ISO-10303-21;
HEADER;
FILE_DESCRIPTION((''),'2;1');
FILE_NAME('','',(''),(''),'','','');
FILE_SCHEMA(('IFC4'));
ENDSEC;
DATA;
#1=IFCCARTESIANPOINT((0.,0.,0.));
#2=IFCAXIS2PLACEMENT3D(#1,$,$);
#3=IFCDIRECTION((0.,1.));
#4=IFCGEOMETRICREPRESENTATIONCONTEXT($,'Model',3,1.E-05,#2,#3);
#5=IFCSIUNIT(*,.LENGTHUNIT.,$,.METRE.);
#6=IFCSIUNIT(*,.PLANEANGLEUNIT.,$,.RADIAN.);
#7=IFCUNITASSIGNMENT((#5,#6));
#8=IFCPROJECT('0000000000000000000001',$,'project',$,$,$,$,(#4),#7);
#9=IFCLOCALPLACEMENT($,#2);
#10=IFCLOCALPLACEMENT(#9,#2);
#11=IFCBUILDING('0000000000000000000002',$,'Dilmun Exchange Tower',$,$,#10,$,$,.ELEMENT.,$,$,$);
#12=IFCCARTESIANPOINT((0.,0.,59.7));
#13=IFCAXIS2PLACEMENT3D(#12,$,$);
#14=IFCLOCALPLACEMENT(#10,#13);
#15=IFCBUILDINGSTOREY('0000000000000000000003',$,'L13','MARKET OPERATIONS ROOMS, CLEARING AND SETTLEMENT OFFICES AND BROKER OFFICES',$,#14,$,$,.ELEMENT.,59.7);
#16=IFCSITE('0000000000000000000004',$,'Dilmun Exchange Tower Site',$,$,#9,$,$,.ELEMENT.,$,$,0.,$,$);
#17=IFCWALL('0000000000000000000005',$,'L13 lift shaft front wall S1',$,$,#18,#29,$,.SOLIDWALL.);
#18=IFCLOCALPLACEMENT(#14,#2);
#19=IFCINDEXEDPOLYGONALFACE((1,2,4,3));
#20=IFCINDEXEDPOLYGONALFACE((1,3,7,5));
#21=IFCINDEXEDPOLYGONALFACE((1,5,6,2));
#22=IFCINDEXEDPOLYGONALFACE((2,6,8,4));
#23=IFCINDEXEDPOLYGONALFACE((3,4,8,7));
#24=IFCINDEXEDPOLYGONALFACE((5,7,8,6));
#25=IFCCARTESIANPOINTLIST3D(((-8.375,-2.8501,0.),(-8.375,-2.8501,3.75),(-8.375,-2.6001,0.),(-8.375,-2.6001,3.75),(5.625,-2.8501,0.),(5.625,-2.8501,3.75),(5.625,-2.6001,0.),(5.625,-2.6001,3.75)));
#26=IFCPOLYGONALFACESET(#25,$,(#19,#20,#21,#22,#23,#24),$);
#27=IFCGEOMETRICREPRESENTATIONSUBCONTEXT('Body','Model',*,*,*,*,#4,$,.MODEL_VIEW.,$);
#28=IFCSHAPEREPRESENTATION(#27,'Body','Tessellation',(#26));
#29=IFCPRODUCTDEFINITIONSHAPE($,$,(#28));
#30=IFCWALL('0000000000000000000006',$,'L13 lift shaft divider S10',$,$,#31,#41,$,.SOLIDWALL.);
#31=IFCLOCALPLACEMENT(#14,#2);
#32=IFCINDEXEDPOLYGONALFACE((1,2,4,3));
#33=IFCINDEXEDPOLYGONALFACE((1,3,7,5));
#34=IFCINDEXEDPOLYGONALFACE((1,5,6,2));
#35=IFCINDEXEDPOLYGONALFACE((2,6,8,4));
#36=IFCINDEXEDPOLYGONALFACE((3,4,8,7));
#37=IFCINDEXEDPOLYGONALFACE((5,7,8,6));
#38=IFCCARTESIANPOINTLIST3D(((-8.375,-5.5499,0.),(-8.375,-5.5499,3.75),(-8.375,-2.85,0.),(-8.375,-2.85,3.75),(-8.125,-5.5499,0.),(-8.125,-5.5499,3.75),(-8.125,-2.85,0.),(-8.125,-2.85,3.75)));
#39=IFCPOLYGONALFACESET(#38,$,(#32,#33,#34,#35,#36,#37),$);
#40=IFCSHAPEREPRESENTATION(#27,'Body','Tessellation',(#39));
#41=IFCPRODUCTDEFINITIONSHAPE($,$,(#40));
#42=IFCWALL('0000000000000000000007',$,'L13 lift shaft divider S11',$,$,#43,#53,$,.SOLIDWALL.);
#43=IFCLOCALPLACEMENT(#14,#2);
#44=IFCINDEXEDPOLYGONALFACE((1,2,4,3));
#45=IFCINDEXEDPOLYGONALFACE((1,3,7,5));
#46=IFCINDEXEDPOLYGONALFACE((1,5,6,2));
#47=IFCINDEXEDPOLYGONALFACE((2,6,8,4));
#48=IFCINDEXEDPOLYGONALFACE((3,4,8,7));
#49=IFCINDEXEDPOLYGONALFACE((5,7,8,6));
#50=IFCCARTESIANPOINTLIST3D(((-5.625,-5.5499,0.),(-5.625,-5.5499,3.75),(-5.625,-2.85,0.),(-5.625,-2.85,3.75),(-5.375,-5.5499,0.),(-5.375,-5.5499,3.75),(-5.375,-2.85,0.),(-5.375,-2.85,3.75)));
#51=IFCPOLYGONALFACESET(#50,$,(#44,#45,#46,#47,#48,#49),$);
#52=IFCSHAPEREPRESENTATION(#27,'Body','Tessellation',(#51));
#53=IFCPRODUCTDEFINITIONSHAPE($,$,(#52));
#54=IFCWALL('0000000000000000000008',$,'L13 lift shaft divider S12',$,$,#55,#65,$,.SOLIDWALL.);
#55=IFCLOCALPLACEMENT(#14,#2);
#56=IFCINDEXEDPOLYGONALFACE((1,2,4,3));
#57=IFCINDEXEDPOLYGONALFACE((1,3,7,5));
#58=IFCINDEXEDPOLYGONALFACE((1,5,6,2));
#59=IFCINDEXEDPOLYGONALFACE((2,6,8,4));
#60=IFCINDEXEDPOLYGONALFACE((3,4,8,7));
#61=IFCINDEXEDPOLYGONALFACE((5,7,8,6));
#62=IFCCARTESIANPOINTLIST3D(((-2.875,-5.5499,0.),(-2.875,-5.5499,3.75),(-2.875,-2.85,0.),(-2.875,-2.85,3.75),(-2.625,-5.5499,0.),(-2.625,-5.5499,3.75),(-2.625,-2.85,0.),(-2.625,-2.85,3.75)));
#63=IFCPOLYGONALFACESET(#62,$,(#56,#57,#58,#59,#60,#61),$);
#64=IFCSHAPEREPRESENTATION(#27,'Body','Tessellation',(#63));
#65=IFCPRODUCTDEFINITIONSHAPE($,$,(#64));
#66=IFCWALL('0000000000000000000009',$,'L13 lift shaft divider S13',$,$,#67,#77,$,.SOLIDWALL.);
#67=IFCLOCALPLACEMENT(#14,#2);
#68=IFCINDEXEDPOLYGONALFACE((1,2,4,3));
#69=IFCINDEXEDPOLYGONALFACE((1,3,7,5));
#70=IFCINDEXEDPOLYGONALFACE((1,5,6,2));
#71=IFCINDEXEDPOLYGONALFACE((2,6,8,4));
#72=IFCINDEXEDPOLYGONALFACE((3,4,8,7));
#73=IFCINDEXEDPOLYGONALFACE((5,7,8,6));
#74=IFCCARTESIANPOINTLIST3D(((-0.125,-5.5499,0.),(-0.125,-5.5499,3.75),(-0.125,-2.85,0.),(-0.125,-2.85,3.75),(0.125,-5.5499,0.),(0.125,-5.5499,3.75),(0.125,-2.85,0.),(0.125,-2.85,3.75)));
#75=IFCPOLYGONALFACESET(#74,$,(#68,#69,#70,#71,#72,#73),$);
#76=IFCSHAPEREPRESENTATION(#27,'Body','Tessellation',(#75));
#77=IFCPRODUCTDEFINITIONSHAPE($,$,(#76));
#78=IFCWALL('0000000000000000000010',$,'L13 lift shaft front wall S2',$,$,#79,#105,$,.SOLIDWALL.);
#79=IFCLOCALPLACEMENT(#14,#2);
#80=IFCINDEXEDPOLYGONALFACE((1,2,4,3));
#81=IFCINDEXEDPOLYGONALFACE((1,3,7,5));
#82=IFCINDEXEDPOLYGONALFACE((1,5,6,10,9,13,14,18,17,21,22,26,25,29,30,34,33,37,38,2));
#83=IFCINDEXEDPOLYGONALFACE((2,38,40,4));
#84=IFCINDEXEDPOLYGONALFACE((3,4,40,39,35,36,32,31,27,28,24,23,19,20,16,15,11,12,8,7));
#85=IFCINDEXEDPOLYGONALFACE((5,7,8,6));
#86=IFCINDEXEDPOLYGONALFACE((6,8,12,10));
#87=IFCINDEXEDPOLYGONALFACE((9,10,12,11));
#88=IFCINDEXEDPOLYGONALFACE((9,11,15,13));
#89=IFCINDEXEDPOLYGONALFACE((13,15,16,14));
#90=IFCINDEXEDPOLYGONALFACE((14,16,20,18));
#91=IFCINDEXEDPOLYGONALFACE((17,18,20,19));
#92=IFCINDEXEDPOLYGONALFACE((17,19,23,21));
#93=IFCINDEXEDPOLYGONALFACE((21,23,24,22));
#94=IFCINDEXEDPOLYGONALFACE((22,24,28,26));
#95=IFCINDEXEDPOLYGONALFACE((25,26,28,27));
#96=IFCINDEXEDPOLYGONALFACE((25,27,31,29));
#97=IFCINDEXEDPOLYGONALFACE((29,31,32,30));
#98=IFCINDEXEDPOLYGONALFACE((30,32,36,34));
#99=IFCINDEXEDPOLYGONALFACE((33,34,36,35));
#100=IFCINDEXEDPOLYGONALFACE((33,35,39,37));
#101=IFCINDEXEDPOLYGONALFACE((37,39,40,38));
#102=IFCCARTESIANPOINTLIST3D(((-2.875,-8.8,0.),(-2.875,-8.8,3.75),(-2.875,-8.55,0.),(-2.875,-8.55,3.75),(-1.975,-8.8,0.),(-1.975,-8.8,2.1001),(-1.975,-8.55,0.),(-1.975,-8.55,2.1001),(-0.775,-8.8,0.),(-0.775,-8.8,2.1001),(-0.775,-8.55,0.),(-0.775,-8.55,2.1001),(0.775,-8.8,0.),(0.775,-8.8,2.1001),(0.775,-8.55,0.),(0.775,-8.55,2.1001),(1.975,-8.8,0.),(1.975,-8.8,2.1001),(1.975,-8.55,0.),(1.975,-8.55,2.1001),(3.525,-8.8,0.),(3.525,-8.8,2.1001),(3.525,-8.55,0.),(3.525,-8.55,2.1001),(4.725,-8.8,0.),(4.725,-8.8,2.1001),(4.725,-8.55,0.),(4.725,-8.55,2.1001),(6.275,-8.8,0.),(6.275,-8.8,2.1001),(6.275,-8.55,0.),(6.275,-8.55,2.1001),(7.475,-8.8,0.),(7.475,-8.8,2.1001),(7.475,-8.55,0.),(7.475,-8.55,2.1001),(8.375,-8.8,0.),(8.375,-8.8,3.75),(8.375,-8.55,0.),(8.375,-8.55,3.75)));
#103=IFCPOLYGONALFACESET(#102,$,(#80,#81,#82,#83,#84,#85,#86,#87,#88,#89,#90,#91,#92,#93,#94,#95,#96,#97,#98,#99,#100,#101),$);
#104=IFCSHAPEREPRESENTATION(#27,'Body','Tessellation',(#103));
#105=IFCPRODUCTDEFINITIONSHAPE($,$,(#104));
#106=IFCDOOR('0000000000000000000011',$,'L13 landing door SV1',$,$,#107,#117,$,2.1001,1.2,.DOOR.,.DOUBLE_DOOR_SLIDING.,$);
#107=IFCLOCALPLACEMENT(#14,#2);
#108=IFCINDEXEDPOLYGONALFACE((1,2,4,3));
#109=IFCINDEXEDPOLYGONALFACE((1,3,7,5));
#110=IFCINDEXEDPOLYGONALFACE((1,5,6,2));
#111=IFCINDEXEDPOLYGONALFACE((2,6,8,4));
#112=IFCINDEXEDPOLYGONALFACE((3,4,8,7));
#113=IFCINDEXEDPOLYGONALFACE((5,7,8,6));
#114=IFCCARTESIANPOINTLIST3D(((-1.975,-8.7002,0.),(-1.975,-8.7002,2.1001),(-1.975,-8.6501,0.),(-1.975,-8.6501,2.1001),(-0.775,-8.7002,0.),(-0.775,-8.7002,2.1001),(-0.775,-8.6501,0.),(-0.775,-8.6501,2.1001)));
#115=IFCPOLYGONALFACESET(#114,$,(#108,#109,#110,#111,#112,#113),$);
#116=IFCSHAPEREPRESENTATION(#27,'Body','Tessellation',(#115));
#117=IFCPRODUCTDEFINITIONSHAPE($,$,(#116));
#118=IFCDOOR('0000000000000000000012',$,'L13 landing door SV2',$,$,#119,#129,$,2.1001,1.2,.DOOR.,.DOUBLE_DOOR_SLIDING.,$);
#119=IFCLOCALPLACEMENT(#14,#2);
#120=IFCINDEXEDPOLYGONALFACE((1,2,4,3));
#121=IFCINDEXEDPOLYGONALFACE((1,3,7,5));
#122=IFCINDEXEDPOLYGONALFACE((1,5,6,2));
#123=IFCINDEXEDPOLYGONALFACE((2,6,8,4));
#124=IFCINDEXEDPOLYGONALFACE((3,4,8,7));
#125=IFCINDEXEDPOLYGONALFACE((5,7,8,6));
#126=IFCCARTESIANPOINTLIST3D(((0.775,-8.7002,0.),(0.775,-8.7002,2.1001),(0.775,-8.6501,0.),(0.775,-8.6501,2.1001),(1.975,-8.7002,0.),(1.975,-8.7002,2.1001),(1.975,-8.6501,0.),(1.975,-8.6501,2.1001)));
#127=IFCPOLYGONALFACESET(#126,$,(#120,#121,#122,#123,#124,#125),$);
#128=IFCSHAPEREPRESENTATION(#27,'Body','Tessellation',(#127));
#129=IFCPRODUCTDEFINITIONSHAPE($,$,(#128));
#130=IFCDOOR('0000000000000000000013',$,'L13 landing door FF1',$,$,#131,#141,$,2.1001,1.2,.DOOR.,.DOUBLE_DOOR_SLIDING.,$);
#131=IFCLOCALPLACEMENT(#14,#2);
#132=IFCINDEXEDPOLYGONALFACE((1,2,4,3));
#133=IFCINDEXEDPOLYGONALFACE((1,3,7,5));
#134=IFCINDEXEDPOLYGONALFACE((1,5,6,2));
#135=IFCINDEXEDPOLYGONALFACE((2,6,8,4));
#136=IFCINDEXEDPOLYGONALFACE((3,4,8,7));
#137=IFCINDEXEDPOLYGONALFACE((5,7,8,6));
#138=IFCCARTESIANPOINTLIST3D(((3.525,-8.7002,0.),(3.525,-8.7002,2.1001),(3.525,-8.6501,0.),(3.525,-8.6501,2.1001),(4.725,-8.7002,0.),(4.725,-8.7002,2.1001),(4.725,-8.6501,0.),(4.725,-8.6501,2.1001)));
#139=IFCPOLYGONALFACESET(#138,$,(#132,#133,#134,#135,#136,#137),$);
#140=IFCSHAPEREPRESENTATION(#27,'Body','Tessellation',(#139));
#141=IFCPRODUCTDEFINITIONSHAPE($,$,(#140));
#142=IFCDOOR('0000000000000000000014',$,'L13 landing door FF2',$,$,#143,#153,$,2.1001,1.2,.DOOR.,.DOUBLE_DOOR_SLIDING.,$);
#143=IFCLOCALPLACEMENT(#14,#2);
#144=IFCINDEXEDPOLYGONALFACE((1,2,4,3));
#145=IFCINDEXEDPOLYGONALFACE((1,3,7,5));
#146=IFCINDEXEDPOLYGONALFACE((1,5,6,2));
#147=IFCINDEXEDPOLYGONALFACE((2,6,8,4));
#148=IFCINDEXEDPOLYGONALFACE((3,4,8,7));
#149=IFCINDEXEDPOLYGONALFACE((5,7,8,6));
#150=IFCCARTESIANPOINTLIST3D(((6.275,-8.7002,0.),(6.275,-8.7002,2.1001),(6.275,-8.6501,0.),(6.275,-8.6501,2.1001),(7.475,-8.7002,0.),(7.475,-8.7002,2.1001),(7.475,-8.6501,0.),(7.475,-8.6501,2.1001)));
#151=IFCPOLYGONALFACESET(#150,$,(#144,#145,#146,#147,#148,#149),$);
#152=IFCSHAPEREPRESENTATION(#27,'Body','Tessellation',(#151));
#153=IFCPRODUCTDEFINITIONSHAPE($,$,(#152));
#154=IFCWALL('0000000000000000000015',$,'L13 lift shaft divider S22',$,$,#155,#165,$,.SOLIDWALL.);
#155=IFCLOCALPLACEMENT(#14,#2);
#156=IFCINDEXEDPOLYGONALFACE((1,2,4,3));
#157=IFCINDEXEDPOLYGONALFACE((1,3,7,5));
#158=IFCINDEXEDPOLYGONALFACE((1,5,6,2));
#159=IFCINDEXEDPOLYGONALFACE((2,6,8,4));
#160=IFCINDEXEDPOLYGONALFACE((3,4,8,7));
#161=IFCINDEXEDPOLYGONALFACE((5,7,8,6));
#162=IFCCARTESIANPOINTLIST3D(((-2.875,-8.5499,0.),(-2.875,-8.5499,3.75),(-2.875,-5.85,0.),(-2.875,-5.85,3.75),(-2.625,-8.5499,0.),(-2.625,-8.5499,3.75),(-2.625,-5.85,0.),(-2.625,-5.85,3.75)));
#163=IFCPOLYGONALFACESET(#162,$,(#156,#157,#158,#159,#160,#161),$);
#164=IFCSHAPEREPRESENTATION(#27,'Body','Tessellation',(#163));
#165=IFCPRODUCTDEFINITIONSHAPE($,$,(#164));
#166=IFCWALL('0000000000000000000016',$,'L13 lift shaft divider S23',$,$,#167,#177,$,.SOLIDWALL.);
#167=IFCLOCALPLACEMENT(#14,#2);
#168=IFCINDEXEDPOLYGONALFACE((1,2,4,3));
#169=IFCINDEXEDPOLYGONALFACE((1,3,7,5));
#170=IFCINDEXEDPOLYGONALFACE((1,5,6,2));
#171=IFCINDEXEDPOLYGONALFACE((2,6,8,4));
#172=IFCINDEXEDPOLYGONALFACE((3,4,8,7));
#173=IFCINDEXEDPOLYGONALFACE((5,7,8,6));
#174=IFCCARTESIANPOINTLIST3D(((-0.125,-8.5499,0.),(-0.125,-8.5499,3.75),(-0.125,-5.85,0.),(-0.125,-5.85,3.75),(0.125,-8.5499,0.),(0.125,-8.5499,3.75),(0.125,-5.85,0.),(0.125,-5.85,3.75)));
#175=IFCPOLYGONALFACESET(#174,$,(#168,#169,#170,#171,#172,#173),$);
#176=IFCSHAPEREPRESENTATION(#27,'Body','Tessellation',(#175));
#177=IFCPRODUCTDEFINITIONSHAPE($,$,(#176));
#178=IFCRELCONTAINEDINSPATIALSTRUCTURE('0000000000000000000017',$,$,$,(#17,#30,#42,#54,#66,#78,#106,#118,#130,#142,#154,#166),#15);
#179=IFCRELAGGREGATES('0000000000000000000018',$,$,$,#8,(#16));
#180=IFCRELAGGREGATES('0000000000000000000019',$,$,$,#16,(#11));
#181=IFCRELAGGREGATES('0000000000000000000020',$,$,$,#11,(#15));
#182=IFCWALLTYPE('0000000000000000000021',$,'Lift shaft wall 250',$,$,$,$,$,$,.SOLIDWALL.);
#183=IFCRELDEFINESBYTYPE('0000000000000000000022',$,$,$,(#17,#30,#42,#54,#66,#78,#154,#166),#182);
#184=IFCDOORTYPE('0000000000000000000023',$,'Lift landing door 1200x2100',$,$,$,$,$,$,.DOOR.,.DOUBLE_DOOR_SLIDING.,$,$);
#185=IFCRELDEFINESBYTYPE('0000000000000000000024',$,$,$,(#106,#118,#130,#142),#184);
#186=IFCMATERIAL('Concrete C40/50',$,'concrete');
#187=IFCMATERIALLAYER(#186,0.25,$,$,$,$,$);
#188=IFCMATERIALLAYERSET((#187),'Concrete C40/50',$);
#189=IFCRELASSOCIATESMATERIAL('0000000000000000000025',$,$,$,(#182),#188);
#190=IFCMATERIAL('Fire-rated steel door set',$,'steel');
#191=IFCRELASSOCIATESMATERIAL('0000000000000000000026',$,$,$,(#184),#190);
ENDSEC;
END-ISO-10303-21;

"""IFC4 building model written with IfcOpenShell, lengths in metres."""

from ifc_helpers import new_model, si_unit, direction, frame, frame_2d, origin, place, context, subcontext, project, spatial, rectangle, extrude, material, layer, layer_set, type_object, element, fill, save


model = new_model("IFC4")

# Units and contexts
model_context = context("Model", 3, precision=1e-05, world=origin(), true_north=direction((0.0, 1.0)))
body_context = subcontext(model_context, "Body", "Model", "MODEL_VIEW")
ifc_project = project(units=[si_unit("LENGTHUNIT", "METRE"), si_unit("PLANEANGLEUNIT", "RADIAN")], contexts=[model_context])

# Site, building, storey
site_placement = place(None, origin())
site = spatial("IfcSite", under=ifc_project, at=site_placement, Name="Dilmun Exchange Tower Site", CompositionType="ELEMENT", RefElevation=0.0)
building_placement = place(site_placement, origin())
building = spatial("IfcBuilding", under=site, at=building_placement, Name="Dilmun Exchange Tower", CompositionType="ELEMENT")
storey_placement = place(building_placement, frame((0.0, 0.0, 59.7)))
storey = spatial("IfcBuildingStorey", under=building, at=storey_placement, Name="L13", Description="MARKET OPERATIONS ROOMS, CLEARING AND SETTLEMENT OFFICES AND BROKER OFFICES", CompositionType="ELEMENT", Elevation=59.7)

# Shared definitions
ifc_material_1 = material(Name="Concrete C40/50", Category="concrete")

# Shared definitions
ifc_material_2 = material(Name="Fire-rated steel door set", Category="steel")

# Walls
ifc_layer_1 = layer(ifc_material_1, 0.25)
ifc_layer_set_1 = layer_set([ifc_layer_1], Name="Concrete C40/50")
wall_type_1 = type_object("IfcWallType", Name="Lift shaft wall 250", PredefinedType="SOLIDWALL", material=ifc_layer_set_1)
wall_1_placement = place(storey_placement, frame((-8.375, -2.7251, 0.0), z_axis=(0.0, 0.0, 1.0), x_axis=(1.0, 0.0, 0.0)))
element("IfcWall", 1, at=wall_1_placement, inside=storey, type_object=wall_type_1, Name="L13 lift shaft front wall S1", PredefinedType="SOLIDWALL", context=body_context, shape_type="SweptSolid", body=[
    extrude(rectangle(XDim=14.0, YDim=0.25, at=frame_2d((7.0, 0.0))), origin(), (0.0, 0.0, 1.0), 3.75),
])
for number, where, z_axis, x_axis, name in (
    (2, (-8.25, -5.55, 0.0), (0.0, 0.0, 1.0), (0.0, 1.0, 0.0), "L13 lift shaft divider S10"),
    (3, (-5.5, -5.55, 0.0), (0.0, 0.0, 1.0), (0.0, 1.0, 0.0), "L13 lift shaft divider S11"),
    (4, (-2.75, -5.55, 0.0), (0.0, 0.0, 1.0), (0.0, 1.0, 0.0), "L13 lift shaft divider S12"),
    (5, (0.0, -5.55, 0.0), (0.0, 0.0, 1.0), (0.0, 1.0, 0.0), "L13 lift shaft divider S13"),
):
    element("IfcWall", number, at=place(storey_placement, frame(where, z_axis=z_axis, x_axis=x_axis)), inside=storey, type_object=wall_type_1, Name=name, PredefinedType="SOLIDWALL", context=body_context, shape_type="SweptSolid", body=[
        extrude(rectangle(XDim=2.7, YDim=0.25, at=frame_2d((1.3501, 0.0))), origin(), (0.0, 0.0, 1.0), 3.75),
    ])

# Wall, openings, doors
wall_2_placement = place(storey_placement, frame((-2.875, -8.675, 0.0), z_axis=(0.0, 0.0, 1.0), x_axis=(1.0, 0.0, 0.0)))
wall_2 = element("IfcWall", 6, at=wall_2_placement, inside=storey, type_object=wall_type_1, Name="L13 lift shaft front wall S2", PredefinedType="SOLIDWALL", context=body_context, shape_type="SweptSolid", body=[
    extrude(rectangle(XDim=11.25, YDim=0.25, at=frame_2d((5.625, 0.0))), origin(), (0.0, 0.0, 1.0), 3.75),
])
opening_1_placement = place(wall_2_placement, frame((0.8999, 0.0, 0.0)))
opening_1 = element("IfcOpeningElement", 7, at=opening_1_placement, cuts=wall_2, PredefinedType="OPENING", context=body_context, shape_type="SweptSolid", body=[
    extrude(rectangle(XDim=1.2, YDim=2.1001, at=frame_2d((0.6001, 1.05))), frame((0.0, 0.135, 0.0), z_axis=(0.0, -1.0, 0.0), x_axis=(1.0, 0.0, 0.0)), (0.0, 0.0, 1.0), 0.27),
])
opening_2_placement = place(wall_2_placement, frame((3.6499, 0.0, 0.0)))
opening_2 = element("IfcOpeningElement", 8, at=opening_2_placement, cuts=wall_2, PredefinedType="OPENING", context=body_context, shape_type="SweptSolid", body=[
    extrude(rectangle(XDim=1.2, YDim=2.1001, at=frame_2d((0.6001, 1.05))), frame((0.0, 0.135, 0.0), z_axis=(0.0, -1.0, 0.0), x_axis=(1.0, 0.0, 0.0)), (0.0, 0.0, 1.0), 0.27),
])
opening_3_placement = place(wall_2_placement, frame((6.3999, 0.0, 0.0)))
opening_3 = element("IfcOpeningElement", 9, at=opening_3_placement, cuts=wall_2, PredefinedType="OPENING", context=body_context, shape_type="SweptSolid", body=[
    extrude(rectangle(XDim=1.2, YDim=2.1001, at=frame_2d((0.6001, 1.05))), frame((0.0, 0.135, 0.0), z_axis=(0.0, -1.0, 0.0), x_axis=(1.0, 0.0, 0.0)), (0.0, 0.0, 1.0), 0.27),
])
opening_4_placement = place(wall_2_placement, frame((9.1499, 0.0, 0.0)))
opening_4 = element("IfcOpeningElement", 10, at=opening_4_placement, cuts=wall_2, PredefinedType="OPENING", context=body_context, shape_type="SweptSolid", body=[
    extrude(rectangle(XDim=1.2, YDim=2.1001, at=frame_2d((0.6001, 1.05))), frame((0.0, 0.135, 0.0), z_axis=(0.0, -1.0, 0.0), x_axis=(1.0, 0.0, 0.0)), (0.0, 0.0, 1.0), 0.27),
])
door_type_1 = type_object("IfcDoorType", Name="Lift landing door 1200x2100", OperationType="DOUBLE_DOOR_SLIDING", PredefinedType="DOOR", material=ifc_material_2)
door_1_placement = place(opening_1_placement, origin())
door_1 = element("IfcDoor", 11, at=door_1_placement, inside=storey, type_object=door_type_1, Name="L13 landing door SV1", OperationType="DOUBLE_DOOR_SLIDING", OverallHeight=2.1001, OverallWidth=1.2, PredefinedType="DOOR", context=body_context, shape_type="SweptSolid", body=[
    extrude(rectangle(XDim=1.2, YDim=2.1001, at=frame_2d((0.6001, 1.05))), frame((0.0, 0.0249, 0.0), z_axis=(0.0, -1.0, 0.0), x_axis=(1.0, 0.0, 0.0)), (0.0, 0.0, 1.0), 0.05),
])
fill(opening_1, door_1)
door_2_placement = place(opening_2_placement, origin())
door_2 = element("IfcDoor", 12, at=door_2_placement, inside=storey, type_object=door_type_1, Name="L13 landing door SV2", OperationType="DOUBLE_DOOR_SLIDING", OverallHeight=2.1001, OverallWidth=1.2, PredefinedType="DOOR", context=body_context, shape_type="SweptSolid", body=[
    extrude(rectangle(XDim=1.2, YDim=2.1001, at=frame_2d((0.6001, 1.05))), frame((0.0, 0.0249, 0.0), z_axis=(0.0, -1.0, 0.0), x_axis=(1.0, 0.0, 0.0)), (0.0, 0.0, 1.0), 0.05),
])
fill(opening_2, door_2)
door_3_placement = place(opening_3_placement, origin())
door_3 = element("IfcDoor", 13, at=door_3_placement, inside=storey, type_object=door_type_1, Name="L13 landing door FF1", OperationType="DOUBLE_DOOR_SLIDING", OverallHeight=2.1001, OverallWidth=1.2, PredefinedType="DOOR", context=body_context, shape_type="SweptSolid", body=[
    extrude(rectangle(XDim=1.2, YDim=2.1001, at=frame_2d((0.6001, 1.05))), frame((0.0, 0.0249, 0.0), z_axis=(0.0, -1.0, 0.0), x_axis=(1.0, 0.0, 0.0)), (0.0, 0.0, 1.0), 0.05),
])
fill(opening_3, door_3)
door_4_placement = place(opening_4_placement, origin())
door_4 = element("IfcDoor", 14, at=door_4_placement, inside=storey, type_object=door_type_1, Name="L13 landing door FF2", OperationType="DOUBLE_DOOR_SLIDING", OverallHeight=2.1001, OverallWidth=1.2, PredefinedType="DOOR", context=body_context, shape_type="SweptSolid", body=[
    extrude(rectangle(XDim=1.2, YDim=2.1001, at=frame_2d((0.6001, 1.05))), frame((0.0, 0.0249, 0.0), z_axis=(0.0, -1.0, 0.0), x_axis=(1.0, 0.0, 0.0)), (0.0, 0.0, 1.0), 0.05),
])
fill(opening_4, door_4)

# Walls
for number, where, z_axis, x_axis, name in (
    (15, (-2.75, -8.55, 0.0), (0.0, 0.0, 1.0), (0.0, 1.0, 0.0), "L13 lift shaft divider S22"),
    (16, (0.0, -8.55, 0.0), (0.0, 0.0, 1.0), (0.0, 1.0, 0.0), "L13 lift shaft divider S23"),
):
    element("IfcWall", number, at=place(storey_placement, frame(where, z_axis=z_axis, x_axis=x_axis)), inside=storey, type_object=wall_type_1, Name=name, PredefinedType="SOLIDWALL", context=body_context, shape_type="SweptSolid", body=[
        extrude(rectangle(XDim=2.7, YDim=0.25, at=frame_2d((1.3501, 0.0))), origin(), (0.0, 0.0, 1.0), 3.75),
    ])

save(model, "model.ifc")
